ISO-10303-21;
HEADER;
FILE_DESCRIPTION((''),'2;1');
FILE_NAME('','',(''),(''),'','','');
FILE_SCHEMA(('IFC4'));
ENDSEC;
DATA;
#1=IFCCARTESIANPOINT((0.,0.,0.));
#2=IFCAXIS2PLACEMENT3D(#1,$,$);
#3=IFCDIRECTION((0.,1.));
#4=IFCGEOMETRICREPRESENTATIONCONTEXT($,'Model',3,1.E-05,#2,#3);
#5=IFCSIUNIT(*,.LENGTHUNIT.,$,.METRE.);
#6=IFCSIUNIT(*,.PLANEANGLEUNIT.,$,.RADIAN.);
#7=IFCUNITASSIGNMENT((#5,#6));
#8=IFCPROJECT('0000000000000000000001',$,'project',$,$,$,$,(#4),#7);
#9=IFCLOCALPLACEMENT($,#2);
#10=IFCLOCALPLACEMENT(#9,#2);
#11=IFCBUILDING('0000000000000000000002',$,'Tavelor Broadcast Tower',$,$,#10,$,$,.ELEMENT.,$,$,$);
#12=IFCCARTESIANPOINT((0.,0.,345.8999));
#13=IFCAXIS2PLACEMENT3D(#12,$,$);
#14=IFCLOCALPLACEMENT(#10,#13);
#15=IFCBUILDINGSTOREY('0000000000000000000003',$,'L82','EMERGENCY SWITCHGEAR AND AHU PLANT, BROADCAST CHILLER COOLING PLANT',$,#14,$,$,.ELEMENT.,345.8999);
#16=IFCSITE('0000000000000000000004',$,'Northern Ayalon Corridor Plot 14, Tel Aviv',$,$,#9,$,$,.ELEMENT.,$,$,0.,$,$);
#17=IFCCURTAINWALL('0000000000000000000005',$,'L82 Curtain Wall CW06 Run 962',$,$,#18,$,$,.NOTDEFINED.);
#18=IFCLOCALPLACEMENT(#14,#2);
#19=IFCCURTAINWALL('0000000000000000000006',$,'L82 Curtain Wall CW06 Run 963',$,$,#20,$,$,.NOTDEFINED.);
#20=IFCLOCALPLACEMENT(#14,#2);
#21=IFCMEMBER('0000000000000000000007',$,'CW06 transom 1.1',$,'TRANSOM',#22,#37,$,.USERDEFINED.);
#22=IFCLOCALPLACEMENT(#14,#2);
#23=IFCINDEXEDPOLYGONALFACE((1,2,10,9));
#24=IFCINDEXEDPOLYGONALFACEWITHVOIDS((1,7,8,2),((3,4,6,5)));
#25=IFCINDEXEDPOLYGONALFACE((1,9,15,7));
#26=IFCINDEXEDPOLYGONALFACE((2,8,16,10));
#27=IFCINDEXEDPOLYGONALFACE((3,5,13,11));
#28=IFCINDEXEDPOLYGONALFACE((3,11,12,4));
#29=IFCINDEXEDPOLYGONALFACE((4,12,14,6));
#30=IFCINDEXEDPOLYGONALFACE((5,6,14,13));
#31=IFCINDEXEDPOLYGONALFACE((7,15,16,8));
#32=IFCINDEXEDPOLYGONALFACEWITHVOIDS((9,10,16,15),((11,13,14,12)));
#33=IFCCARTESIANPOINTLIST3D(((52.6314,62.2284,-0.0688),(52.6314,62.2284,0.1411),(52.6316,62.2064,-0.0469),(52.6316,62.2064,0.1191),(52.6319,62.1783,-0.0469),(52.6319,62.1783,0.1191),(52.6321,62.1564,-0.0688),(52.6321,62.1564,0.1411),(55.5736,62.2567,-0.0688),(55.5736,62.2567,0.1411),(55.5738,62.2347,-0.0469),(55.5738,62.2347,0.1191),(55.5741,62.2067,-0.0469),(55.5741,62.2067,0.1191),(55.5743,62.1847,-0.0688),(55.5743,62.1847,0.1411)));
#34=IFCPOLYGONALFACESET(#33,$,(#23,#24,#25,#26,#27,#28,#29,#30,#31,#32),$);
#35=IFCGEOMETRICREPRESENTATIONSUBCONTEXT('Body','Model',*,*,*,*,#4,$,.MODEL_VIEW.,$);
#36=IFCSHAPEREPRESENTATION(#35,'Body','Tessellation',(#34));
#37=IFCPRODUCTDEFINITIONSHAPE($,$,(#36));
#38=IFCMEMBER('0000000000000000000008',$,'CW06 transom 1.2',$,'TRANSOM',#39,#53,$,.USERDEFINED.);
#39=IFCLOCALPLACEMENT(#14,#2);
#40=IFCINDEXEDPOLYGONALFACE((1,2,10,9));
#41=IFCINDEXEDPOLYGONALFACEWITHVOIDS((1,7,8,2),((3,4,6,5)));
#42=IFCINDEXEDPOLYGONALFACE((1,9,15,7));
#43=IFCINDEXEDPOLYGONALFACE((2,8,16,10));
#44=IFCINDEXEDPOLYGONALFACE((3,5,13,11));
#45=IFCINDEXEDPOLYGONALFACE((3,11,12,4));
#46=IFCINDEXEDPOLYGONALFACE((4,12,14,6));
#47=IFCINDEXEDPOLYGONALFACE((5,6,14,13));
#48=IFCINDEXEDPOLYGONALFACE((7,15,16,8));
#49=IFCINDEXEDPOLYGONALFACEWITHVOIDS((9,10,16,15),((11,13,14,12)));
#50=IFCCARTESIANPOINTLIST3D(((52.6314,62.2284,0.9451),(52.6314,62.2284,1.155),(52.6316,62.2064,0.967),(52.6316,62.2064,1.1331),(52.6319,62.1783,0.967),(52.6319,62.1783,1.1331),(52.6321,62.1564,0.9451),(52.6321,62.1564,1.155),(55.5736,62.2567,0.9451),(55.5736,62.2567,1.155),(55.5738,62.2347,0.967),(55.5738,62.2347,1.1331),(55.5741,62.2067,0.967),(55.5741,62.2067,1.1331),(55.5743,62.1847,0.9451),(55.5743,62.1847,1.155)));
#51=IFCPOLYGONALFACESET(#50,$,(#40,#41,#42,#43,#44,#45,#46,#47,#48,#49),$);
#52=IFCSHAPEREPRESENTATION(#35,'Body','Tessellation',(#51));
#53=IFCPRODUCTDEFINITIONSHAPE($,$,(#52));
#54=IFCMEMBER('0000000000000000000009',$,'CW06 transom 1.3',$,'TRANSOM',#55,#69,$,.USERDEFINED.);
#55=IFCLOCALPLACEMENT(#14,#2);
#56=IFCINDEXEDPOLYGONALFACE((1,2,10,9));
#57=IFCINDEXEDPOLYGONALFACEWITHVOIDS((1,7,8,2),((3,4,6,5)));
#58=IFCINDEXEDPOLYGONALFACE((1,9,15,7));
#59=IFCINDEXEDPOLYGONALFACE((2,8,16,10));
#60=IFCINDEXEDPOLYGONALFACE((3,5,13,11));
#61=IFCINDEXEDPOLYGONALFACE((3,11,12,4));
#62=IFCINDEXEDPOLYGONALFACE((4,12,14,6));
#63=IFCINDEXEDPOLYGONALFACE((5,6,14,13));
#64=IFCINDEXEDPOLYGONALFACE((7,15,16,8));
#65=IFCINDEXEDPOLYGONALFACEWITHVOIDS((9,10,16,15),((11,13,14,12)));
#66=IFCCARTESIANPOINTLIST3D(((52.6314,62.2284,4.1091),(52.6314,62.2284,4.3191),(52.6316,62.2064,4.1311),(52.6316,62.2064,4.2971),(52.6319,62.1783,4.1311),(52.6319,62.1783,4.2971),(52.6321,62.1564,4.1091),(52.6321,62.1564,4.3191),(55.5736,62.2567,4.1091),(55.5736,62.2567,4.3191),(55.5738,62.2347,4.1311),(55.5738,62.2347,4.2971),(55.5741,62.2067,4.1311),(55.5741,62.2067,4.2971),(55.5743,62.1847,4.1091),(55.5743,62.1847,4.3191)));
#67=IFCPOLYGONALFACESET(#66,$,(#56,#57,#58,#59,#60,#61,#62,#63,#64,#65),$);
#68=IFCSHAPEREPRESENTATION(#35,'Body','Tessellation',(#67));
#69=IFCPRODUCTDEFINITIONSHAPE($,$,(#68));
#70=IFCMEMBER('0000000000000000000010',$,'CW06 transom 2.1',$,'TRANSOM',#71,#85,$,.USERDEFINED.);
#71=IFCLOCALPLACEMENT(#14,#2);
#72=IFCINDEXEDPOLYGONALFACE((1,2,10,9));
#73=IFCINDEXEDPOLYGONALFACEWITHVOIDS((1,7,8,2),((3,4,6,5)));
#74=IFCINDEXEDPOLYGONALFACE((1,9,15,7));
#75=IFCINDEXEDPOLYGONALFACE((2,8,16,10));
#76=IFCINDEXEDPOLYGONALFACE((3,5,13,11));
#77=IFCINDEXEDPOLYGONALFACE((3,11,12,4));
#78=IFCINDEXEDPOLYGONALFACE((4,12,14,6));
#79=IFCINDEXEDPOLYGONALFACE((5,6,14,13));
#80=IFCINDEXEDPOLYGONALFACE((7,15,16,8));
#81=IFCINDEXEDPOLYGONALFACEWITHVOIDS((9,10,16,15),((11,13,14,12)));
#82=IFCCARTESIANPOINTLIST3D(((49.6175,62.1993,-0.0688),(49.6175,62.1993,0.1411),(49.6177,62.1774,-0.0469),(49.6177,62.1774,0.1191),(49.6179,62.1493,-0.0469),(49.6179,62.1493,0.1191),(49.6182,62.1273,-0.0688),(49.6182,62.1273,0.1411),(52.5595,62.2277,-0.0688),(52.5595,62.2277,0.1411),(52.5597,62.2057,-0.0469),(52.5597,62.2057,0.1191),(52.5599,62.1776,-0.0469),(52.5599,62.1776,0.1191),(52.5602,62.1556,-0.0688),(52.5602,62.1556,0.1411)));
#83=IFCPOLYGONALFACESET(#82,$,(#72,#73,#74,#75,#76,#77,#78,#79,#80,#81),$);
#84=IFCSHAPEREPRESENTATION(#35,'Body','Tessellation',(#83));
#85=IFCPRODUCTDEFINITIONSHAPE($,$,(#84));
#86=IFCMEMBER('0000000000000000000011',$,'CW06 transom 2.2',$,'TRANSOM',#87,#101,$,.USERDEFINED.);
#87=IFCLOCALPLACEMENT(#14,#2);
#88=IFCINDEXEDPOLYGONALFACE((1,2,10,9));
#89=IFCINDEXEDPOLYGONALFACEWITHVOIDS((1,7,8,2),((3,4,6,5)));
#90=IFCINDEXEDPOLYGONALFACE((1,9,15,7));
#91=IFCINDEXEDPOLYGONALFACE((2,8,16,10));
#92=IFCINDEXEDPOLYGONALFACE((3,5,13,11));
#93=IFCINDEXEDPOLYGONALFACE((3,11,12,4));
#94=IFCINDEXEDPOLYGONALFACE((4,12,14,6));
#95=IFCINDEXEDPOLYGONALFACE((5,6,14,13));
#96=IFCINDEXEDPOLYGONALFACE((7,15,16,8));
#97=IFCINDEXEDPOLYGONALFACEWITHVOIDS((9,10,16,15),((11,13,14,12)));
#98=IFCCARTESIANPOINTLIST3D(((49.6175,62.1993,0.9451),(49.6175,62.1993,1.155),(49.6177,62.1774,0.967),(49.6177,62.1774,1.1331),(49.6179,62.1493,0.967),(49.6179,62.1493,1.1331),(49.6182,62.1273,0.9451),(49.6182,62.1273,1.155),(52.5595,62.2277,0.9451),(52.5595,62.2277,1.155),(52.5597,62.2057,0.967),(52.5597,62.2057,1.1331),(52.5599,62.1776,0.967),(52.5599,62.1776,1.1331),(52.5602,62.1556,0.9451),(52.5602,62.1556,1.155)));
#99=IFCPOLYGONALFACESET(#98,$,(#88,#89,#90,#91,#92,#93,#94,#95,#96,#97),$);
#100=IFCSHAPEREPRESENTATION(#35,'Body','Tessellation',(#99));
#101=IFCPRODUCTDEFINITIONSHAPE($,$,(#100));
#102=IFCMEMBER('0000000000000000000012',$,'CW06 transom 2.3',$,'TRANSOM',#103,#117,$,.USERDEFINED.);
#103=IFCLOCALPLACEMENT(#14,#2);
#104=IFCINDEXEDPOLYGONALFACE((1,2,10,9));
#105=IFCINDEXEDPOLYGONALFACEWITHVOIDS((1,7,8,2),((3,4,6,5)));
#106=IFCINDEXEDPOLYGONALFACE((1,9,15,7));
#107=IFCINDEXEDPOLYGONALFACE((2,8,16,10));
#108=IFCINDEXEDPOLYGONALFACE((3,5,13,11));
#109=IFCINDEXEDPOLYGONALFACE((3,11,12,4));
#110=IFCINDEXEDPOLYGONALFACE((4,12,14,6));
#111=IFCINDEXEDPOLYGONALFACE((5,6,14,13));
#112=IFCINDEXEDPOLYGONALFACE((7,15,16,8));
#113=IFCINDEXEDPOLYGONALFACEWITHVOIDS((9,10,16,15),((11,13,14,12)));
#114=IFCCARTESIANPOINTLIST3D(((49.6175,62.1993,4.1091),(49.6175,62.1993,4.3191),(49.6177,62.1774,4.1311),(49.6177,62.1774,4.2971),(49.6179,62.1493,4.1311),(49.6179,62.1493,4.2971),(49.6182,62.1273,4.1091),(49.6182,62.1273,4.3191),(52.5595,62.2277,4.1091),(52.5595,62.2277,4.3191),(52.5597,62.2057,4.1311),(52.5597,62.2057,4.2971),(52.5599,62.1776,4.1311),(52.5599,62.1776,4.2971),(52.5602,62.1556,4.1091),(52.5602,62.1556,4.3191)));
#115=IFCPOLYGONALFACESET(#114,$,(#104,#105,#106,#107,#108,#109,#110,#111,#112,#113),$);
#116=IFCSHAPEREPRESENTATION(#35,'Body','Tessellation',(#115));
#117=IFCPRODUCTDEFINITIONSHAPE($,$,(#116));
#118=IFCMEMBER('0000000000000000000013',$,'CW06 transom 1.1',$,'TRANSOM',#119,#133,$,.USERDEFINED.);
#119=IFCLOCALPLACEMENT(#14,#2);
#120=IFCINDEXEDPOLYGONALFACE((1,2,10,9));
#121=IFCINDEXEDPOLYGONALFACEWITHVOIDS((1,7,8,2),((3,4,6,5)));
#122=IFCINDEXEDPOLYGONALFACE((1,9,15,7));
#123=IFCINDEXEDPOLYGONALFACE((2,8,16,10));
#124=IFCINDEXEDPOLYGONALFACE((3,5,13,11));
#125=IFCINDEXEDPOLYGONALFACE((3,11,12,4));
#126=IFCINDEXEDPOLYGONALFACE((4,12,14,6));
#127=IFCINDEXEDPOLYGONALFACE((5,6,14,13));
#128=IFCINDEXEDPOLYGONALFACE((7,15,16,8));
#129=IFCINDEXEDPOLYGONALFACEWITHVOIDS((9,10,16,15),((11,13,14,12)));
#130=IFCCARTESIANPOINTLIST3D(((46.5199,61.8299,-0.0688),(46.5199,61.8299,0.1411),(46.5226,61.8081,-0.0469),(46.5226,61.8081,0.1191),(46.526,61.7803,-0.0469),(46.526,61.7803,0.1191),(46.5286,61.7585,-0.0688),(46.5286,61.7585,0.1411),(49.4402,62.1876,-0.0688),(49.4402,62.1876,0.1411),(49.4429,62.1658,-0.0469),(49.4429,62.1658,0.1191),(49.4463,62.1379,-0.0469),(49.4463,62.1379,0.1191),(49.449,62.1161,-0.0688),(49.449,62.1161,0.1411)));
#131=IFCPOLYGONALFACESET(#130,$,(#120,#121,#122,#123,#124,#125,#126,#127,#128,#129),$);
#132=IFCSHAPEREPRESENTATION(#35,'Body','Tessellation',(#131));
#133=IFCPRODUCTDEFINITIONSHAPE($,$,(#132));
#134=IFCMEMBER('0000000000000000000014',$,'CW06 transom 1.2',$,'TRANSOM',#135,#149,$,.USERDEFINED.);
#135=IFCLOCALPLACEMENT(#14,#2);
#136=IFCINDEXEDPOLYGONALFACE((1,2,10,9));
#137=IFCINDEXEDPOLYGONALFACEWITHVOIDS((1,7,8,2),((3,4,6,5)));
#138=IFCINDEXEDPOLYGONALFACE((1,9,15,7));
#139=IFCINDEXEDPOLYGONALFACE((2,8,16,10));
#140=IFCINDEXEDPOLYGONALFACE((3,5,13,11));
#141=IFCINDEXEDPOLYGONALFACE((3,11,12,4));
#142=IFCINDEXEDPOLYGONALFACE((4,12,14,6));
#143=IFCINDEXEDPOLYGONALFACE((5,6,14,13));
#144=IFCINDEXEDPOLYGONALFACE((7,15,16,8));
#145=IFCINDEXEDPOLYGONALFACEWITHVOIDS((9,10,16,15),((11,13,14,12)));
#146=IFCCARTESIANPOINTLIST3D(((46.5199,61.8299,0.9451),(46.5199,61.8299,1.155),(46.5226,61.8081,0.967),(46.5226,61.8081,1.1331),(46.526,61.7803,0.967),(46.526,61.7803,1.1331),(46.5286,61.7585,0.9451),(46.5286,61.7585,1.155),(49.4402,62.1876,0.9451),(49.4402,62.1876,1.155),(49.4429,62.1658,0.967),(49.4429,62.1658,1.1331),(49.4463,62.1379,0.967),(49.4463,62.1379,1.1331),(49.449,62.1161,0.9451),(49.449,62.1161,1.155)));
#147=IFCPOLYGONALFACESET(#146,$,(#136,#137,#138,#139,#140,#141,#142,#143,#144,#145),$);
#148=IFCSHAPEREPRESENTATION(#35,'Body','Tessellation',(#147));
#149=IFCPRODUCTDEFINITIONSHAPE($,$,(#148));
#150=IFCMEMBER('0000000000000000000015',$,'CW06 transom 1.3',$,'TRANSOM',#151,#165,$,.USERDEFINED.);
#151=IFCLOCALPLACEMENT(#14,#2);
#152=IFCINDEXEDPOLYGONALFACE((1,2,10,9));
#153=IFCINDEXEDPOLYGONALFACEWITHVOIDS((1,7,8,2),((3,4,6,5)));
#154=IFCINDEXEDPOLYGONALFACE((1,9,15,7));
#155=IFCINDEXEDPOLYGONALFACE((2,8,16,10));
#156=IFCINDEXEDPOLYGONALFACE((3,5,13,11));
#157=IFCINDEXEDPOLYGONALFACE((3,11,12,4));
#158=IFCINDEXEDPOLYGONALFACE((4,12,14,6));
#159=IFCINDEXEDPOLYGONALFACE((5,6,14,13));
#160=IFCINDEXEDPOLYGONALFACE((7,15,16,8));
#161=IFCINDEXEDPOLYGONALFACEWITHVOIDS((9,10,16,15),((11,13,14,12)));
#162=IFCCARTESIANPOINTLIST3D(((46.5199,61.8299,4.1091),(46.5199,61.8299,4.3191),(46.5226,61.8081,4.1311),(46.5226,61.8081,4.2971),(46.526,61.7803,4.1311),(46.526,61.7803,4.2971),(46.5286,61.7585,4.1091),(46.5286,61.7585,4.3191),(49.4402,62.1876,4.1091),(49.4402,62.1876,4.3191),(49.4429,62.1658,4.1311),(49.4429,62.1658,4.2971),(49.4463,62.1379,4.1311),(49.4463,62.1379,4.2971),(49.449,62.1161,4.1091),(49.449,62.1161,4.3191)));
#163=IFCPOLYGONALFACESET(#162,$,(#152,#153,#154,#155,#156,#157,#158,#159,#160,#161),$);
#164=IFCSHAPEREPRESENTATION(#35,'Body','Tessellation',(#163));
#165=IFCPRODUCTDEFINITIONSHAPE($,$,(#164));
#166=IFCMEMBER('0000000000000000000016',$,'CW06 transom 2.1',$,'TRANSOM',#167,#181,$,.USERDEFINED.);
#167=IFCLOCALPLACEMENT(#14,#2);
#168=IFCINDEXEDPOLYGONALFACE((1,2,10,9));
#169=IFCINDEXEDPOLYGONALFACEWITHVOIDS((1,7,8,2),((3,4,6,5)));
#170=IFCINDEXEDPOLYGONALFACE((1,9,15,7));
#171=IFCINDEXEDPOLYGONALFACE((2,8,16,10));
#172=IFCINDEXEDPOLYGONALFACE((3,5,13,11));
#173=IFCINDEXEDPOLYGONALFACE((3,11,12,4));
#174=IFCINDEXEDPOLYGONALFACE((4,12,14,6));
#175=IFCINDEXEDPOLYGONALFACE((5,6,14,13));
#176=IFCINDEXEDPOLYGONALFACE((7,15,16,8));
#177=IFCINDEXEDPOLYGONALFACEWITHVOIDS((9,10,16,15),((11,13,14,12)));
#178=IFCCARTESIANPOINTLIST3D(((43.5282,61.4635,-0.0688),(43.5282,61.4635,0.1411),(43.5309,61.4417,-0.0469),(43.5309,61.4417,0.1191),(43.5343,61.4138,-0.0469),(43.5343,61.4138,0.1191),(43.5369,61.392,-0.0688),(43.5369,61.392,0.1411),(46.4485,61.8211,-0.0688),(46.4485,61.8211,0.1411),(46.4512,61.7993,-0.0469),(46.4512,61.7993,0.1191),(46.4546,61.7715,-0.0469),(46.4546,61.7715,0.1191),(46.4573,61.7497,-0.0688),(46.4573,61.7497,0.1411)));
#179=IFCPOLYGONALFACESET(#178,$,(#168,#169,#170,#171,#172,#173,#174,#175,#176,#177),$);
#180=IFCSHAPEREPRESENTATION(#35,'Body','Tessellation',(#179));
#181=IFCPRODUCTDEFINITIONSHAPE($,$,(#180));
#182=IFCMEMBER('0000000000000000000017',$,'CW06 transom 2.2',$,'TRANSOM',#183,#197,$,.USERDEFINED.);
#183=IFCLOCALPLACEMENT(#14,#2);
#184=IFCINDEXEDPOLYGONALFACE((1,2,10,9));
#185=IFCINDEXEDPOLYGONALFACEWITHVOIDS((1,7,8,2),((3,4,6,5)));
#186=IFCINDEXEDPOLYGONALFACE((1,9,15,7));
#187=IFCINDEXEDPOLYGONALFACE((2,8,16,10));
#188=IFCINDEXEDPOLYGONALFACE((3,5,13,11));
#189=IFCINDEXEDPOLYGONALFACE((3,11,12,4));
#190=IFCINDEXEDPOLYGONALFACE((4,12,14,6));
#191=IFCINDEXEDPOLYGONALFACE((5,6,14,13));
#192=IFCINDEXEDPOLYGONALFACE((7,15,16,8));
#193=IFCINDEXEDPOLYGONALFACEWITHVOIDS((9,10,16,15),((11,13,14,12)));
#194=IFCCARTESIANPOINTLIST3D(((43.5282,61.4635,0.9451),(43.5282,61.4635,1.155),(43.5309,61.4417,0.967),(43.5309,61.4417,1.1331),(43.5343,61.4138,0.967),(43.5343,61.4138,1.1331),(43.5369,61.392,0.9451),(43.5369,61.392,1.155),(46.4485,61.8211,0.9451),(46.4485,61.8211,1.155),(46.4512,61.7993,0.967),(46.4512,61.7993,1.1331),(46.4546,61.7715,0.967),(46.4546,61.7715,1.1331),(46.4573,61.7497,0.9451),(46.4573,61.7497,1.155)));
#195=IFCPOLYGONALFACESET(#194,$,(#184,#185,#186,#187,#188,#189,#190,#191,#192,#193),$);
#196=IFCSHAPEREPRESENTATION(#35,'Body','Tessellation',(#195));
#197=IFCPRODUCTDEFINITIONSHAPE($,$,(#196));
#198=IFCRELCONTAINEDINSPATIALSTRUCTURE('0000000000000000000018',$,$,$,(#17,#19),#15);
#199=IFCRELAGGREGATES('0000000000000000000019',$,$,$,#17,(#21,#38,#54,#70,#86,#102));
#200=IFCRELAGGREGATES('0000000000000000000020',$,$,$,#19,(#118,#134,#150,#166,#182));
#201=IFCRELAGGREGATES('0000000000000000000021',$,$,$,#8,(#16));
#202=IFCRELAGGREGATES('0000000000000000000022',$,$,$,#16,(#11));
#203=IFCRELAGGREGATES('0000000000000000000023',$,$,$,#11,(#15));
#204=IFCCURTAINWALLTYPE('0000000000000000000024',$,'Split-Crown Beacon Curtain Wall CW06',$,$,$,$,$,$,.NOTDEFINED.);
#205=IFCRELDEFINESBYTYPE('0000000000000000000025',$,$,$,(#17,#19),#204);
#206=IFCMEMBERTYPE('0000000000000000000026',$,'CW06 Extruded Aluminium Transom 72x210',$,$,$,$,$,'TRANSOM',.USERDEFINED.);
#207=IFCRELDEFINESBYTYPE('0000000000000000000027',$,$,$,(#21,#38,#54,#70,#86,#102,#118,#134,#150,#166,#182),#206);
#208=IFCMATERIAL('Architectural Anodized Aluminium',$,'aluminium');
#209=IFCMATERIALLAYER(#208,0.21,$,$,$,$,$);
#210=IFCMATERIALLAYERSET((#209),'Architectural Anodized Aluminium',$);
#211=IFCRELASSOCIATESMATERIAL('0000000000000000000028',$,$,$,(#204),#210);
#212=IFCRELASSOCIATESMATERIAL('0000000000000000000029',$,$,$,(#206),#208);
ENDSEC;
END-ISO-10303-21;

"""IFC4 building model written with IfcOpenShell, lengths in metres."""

from ifc_helpers import new_model, si_unit, direction, frame, origin, origin_2d, place, context, subcontext, project, spatial, hollow_rectangle, extrude, source, transform, mapped, material, layer, layer_set, material_profile, profile_set, type_object, type_shapes, element, aggregate, save


model = new_model("IFC4")

# Units and contexts
model_context = context("Model", 3, precision=1e-05, world=origin(), true_north=direction((0.0, 1.0)))
body_context = subcontext(model_context, "Body", "Model", "MODEL_VIEW")
ifc_project = project(units=[si_unit("LENGTHUNIT", "METRE"), si_unit("PLANEANGLEUNIT", "RADIAN")], contexts=[model_context])

# Site, building, storey
site_placement = place(None, origin())
site = spatial("IfcSite", under=ifc_project, at=site_placement, Name="Northern Ayalon Corridor Plot 14, Tel Aviv", CompositionType="ELEMENT", RefElevation=0.0)
building_placement = place(site_placement, origin())
building = spatial("IfcBuilding", under=site, at=building_placement, Name="Tavelor Broadcast Tower", CompositionType="ELEMENT")
storey_placement = place(building_placement, frame((0.0, 0.0, 345.8999)))
storey = spatial("IfcBuildingStorey", under=building, at=storey_placement, Name="L82", Description="EMERGENCY SWITCHGEAR AND AHU PLANT, BROADCAST CHILLER COOLING PLANT", CompositionType="ELEMENT", Elevation=345.8999)

# Shared definitions
ifc_material_1 = material(Name="Architectural Anodized Aluminium", Category="aluminium")
ifc_layer_1 = layer(ifc_material_1, 0.21)
ifc_layer_set_1 = layer_set([ifc_layer_1], Name="Architectural Anodized Aluminium")
curtain_wall_type = type_object("IfcCurtainWallType", Name="Split-Crown Beacon Curtain Wall CW06", PredefinedType="NOTDEFINED", material=ifc_layer_set_1)

# Curtain walls
curtain_wall_1_placement = place(storey_placement, origin())
curtain_wall_1 = element("IfcCurtainWall", 1, at=curtain_wall_1_placement, inside=storey, type_object=curtain_wall_type, Name="L82 Curtain Wall CW06 Run 962", PredefinedType="NOTDEFINED")
curtain_wall_2_placement = place(storey_placement, origin())
curtain_wall_2 = element("IfcCurtainWall", 2, at=curtain_wall_2_placement, inside=storey, type_object=curtain_wall_type, Name="L82 Curtain Wall CW06 Run 963", PredefinedType="NOTDEFINED")

# Members
ifc_material_profile_1 = material_profile(ifc_material_1, hollow_rectangle(XDim=0.072, YDim=0.21, WallThickness=0.022, at=origin_2d()), Name="RHS 72x210x22")
ifc_profile_set_1 = profile_set([ifc_material_profile_1], Name="Architectural Anodized Aluminium")
member_type_1 = type_object("IfcMemberType", Name="CW06 Extruded Aluminium Transom 72x210", ElementType="TRANSOM", PredefinedType="USERDEFINED", material=ifc_profile_set_1)
shared_shape_1 = source(origin(), body_context, "Body", "SweptSolid", [
    extrude(hollow_rectangle(XDim=0.072, YDim=0.21, WallThickness=0.022, at=origin_2d()), origin(), (0.0, 0.0, 1.0), 2.9424),
])
member_1_placement = place(storey_placement, frame((55.574, 62.2207, 0.0361), z_axis=(-0.999954, -0.009625, 0.0), x_axis=(0.009625, -0.999954, 0.0)))
member_1 = element("IfcMember", 3, at=member_1_placement, type_object=member_type_1, Name="CW06 transom 1.1", ObjectType="TRANSOM", PredefinedType="USERDEFINED", context=body_context, shape_type="MappedRepresentation", body=[
    mapped(shared_shape_1, transform((0.0, 0.0, 0.0), scale=1.0)),
])
member_2_placement = place(storey_placement, frame((55.574, 62.2207, 1.05), z_axis=(-0.999954, -0.009625, 0.0), x_axis=(0.009625, -0.999954, 0.0)))
member_2 = element("IfcMember", 4, at=member_2_placement, type_object=member_type_1, Name="CW06 transom 1.2", ObjectType="TRANSOM", PredefinedType="USERDEFINED", context=body_context, shape_type="MappedRepresentation", body=[
    mapped(shared_shape_1, transform((0.0, 0.0, 0.0), scale=1.0)),
])
member_3_placement = place(storey_placement, frame((55.574, 62.2207, 4.2141), z_axis=(-0.999954, -0.009625, 0.0), x_axis=(0.009625, -0.999954, 0.0)))
member_3 = element("IfcMember", 5, at=member_3_placement, type_object=member_type_1, Name="CW06 transom 1.3", ObjectType="TRANSOM", PredefinedType="USERDEFINED", context=body_context, shape_type="MappedRepresentation", body=[
    mapped(shared_shape_1, transform((0.0, 0.0, 0.0), scale=1.0)),
])
shared_shape_2 = source(origin(), body_context, "Body", "SweptSolid", [
    extrude(hollow_rectangle(XDim=0.072, YDim=0.21, WallThickness=0.022, at=origin_2d()), origin(), (0.0, 0.0, 1.0), 2.9421),
])
type_shapes(member_type_1, [shared_shape_1, shared_shape_2])
member_4_placement = place(storey_placement, frame((52.5598, 62.1917, 0.0361), z_axis=(-0.999954, -0.009626, 0.0), x_axis=(0.009626, -0.999954, 0.0)))
member_4 = element("IfcMember", 6, at=member_4_placement, type_object=member_type_1, Name="CW06 transom 2.1", ObjectType="TRANSOM", PredefinedType="USERDEFINED", context=body_context, shape_type="MappedRepresentation", body=[
    mapped(shared_shape_2, transform((0.0, 0.0, 0.0), scale=1.0)),
])
member_5_placement = place(storey_placement, frame((52.5598, 62.1917, 1.05), z_axis=(-0.999954, -0.009626, 0.0), x_axis=(0.009626, -0.999954, 0.0)))
member_5 = element("IfcMember", 7, at=member_5_placement, type_object=member_type_1, Name="CW06 transom 2.2", ObjectType="TRANSOM", PredefinedType="USERDEFINED", context=body_context, shape_type="MappedRepresentation", body=[
    mapped(shared_shape_2, transform((0.0, 0.0, 0.0), scale=1.0)),
])
member_6_placement = place(storey_placement, frame((52.5598, 62.1917, 4.2141), z_axis=(-0.999954, -0.009626, 0.0), x_axis=(0.009626, -0.999954, 0.0)))
member_6 = element("IfcMember", 8, at=member_6_placement, type_object=member_type_1, Name="CW06 transom 2.3", ObjectType="TRANSOM", PredefinedType="USERDEFINED", context=body_context, shape_type="MappedRepresentation", body=[
    mapped(shared_shape_2, transform((0.0, 0.0, 0.0), scale=1.0)),
])
member_7_placement = place(storey_placement, frame((49.4446, 62.1519, 0.0361), z_axis=(-0.992584, -0.121563, 0.0), x_axis=(0.121563, -0.992584, 0.0)))
member_7 = element("IfcMember", 9, at=member_7_placement, type_object=member_type_1, Name="CW06 transom 1.1", ObjectType="TRANSOM", PredefinedType="USERDEFINED", context=body_context, shape_type="MappedRepresentation", body=[
    mapped(shared_shape_2, transform((0.0, 0.0, 0.0), scale=1.0)),
])
member_8_placement = place(storey_placement, frame((49.4446, 62.1519, 1.05), z_axis=(-0.992584, -0.121563, 0.0), x_axis=(0.121563, -0.992584, 0.0)))
member_8 = element("IfcMember", 10, at=member_8_placement, type_object=member_type_1, Name="CW06 transom 1.2", ObjectType="TRANSOM", PredefinedType="USERDEFINED", context=body_context, shape_type="MappedRepresentation", body=[
    mapped(shared_shape_2, transform((0.0, 0.0, 0.0), scale=1.0)),
])
member_9_placement = place(storey_placement, frame((49.4446, 62.1519, 4.2141), z_axis=(-0.992584, -0.121563, 0.0), x_axis=(0.121563, -0.992584, 0.0)))
member_9 = element("IfcMember", 11, at=member_9_placement, type_object=member_type_1, Name="CW06 transom 1.3", ObjectType="TRANSOM", PredefinedType="USERDEFINED", context=body_context, shape_type="MappedRepresentation", body=[
    mapped(shared_shape_2, transform((0.0, 0.0, 0.0), scale=1.0)),
])
member_10_placement = place(storey_placement, frame((46.4529, 61.7854, 0.0361), z_axis=(-0.992584, -0.121563, 0.0), x_axis=(0.121563, -0.992584, 0.0)))
member_10 = element("IfcMember", 12, at=member_10_placement, type_object=member_type_1, Name="CW06 transom 2.1", ObjectType="TRANSOM", PredefinedType="USERDEFINED", context=body_context, shape_type="MappedRepresentation", body=[
    mapped(shared_shape_2, transform((0.0, 0.0, 0.0), scale=1.0)),
])
member_11_placement = place(storey_placement, frame((46.4529, 61.7854, 1.05), z_axis=(-0.992584, -0.121563, 0.0), x_axis=(0.121563, -0.992584, 0.0)))
member_11 = element("IfcMember", 13, at=member_11_placement, type_object=member_type_1, Name="CW06 transom 2.2", ObjectType="TRANSOM", PredefinedType="USERDEFINED", context=body_context, shape_type="MappedRepresentation", body=[
    mapped(shared_shape_2, transform((0.0, 0.0, 0.0), scale=1.0)),
])

aggregate(curtain_wall_1, [member_1, member_2, member_3, member_4, member_5, member_6])
aggregate(curtain_wall_2, [member_7, member_8, member_9, member_10, member_11])

save(model, "model.ifc")
